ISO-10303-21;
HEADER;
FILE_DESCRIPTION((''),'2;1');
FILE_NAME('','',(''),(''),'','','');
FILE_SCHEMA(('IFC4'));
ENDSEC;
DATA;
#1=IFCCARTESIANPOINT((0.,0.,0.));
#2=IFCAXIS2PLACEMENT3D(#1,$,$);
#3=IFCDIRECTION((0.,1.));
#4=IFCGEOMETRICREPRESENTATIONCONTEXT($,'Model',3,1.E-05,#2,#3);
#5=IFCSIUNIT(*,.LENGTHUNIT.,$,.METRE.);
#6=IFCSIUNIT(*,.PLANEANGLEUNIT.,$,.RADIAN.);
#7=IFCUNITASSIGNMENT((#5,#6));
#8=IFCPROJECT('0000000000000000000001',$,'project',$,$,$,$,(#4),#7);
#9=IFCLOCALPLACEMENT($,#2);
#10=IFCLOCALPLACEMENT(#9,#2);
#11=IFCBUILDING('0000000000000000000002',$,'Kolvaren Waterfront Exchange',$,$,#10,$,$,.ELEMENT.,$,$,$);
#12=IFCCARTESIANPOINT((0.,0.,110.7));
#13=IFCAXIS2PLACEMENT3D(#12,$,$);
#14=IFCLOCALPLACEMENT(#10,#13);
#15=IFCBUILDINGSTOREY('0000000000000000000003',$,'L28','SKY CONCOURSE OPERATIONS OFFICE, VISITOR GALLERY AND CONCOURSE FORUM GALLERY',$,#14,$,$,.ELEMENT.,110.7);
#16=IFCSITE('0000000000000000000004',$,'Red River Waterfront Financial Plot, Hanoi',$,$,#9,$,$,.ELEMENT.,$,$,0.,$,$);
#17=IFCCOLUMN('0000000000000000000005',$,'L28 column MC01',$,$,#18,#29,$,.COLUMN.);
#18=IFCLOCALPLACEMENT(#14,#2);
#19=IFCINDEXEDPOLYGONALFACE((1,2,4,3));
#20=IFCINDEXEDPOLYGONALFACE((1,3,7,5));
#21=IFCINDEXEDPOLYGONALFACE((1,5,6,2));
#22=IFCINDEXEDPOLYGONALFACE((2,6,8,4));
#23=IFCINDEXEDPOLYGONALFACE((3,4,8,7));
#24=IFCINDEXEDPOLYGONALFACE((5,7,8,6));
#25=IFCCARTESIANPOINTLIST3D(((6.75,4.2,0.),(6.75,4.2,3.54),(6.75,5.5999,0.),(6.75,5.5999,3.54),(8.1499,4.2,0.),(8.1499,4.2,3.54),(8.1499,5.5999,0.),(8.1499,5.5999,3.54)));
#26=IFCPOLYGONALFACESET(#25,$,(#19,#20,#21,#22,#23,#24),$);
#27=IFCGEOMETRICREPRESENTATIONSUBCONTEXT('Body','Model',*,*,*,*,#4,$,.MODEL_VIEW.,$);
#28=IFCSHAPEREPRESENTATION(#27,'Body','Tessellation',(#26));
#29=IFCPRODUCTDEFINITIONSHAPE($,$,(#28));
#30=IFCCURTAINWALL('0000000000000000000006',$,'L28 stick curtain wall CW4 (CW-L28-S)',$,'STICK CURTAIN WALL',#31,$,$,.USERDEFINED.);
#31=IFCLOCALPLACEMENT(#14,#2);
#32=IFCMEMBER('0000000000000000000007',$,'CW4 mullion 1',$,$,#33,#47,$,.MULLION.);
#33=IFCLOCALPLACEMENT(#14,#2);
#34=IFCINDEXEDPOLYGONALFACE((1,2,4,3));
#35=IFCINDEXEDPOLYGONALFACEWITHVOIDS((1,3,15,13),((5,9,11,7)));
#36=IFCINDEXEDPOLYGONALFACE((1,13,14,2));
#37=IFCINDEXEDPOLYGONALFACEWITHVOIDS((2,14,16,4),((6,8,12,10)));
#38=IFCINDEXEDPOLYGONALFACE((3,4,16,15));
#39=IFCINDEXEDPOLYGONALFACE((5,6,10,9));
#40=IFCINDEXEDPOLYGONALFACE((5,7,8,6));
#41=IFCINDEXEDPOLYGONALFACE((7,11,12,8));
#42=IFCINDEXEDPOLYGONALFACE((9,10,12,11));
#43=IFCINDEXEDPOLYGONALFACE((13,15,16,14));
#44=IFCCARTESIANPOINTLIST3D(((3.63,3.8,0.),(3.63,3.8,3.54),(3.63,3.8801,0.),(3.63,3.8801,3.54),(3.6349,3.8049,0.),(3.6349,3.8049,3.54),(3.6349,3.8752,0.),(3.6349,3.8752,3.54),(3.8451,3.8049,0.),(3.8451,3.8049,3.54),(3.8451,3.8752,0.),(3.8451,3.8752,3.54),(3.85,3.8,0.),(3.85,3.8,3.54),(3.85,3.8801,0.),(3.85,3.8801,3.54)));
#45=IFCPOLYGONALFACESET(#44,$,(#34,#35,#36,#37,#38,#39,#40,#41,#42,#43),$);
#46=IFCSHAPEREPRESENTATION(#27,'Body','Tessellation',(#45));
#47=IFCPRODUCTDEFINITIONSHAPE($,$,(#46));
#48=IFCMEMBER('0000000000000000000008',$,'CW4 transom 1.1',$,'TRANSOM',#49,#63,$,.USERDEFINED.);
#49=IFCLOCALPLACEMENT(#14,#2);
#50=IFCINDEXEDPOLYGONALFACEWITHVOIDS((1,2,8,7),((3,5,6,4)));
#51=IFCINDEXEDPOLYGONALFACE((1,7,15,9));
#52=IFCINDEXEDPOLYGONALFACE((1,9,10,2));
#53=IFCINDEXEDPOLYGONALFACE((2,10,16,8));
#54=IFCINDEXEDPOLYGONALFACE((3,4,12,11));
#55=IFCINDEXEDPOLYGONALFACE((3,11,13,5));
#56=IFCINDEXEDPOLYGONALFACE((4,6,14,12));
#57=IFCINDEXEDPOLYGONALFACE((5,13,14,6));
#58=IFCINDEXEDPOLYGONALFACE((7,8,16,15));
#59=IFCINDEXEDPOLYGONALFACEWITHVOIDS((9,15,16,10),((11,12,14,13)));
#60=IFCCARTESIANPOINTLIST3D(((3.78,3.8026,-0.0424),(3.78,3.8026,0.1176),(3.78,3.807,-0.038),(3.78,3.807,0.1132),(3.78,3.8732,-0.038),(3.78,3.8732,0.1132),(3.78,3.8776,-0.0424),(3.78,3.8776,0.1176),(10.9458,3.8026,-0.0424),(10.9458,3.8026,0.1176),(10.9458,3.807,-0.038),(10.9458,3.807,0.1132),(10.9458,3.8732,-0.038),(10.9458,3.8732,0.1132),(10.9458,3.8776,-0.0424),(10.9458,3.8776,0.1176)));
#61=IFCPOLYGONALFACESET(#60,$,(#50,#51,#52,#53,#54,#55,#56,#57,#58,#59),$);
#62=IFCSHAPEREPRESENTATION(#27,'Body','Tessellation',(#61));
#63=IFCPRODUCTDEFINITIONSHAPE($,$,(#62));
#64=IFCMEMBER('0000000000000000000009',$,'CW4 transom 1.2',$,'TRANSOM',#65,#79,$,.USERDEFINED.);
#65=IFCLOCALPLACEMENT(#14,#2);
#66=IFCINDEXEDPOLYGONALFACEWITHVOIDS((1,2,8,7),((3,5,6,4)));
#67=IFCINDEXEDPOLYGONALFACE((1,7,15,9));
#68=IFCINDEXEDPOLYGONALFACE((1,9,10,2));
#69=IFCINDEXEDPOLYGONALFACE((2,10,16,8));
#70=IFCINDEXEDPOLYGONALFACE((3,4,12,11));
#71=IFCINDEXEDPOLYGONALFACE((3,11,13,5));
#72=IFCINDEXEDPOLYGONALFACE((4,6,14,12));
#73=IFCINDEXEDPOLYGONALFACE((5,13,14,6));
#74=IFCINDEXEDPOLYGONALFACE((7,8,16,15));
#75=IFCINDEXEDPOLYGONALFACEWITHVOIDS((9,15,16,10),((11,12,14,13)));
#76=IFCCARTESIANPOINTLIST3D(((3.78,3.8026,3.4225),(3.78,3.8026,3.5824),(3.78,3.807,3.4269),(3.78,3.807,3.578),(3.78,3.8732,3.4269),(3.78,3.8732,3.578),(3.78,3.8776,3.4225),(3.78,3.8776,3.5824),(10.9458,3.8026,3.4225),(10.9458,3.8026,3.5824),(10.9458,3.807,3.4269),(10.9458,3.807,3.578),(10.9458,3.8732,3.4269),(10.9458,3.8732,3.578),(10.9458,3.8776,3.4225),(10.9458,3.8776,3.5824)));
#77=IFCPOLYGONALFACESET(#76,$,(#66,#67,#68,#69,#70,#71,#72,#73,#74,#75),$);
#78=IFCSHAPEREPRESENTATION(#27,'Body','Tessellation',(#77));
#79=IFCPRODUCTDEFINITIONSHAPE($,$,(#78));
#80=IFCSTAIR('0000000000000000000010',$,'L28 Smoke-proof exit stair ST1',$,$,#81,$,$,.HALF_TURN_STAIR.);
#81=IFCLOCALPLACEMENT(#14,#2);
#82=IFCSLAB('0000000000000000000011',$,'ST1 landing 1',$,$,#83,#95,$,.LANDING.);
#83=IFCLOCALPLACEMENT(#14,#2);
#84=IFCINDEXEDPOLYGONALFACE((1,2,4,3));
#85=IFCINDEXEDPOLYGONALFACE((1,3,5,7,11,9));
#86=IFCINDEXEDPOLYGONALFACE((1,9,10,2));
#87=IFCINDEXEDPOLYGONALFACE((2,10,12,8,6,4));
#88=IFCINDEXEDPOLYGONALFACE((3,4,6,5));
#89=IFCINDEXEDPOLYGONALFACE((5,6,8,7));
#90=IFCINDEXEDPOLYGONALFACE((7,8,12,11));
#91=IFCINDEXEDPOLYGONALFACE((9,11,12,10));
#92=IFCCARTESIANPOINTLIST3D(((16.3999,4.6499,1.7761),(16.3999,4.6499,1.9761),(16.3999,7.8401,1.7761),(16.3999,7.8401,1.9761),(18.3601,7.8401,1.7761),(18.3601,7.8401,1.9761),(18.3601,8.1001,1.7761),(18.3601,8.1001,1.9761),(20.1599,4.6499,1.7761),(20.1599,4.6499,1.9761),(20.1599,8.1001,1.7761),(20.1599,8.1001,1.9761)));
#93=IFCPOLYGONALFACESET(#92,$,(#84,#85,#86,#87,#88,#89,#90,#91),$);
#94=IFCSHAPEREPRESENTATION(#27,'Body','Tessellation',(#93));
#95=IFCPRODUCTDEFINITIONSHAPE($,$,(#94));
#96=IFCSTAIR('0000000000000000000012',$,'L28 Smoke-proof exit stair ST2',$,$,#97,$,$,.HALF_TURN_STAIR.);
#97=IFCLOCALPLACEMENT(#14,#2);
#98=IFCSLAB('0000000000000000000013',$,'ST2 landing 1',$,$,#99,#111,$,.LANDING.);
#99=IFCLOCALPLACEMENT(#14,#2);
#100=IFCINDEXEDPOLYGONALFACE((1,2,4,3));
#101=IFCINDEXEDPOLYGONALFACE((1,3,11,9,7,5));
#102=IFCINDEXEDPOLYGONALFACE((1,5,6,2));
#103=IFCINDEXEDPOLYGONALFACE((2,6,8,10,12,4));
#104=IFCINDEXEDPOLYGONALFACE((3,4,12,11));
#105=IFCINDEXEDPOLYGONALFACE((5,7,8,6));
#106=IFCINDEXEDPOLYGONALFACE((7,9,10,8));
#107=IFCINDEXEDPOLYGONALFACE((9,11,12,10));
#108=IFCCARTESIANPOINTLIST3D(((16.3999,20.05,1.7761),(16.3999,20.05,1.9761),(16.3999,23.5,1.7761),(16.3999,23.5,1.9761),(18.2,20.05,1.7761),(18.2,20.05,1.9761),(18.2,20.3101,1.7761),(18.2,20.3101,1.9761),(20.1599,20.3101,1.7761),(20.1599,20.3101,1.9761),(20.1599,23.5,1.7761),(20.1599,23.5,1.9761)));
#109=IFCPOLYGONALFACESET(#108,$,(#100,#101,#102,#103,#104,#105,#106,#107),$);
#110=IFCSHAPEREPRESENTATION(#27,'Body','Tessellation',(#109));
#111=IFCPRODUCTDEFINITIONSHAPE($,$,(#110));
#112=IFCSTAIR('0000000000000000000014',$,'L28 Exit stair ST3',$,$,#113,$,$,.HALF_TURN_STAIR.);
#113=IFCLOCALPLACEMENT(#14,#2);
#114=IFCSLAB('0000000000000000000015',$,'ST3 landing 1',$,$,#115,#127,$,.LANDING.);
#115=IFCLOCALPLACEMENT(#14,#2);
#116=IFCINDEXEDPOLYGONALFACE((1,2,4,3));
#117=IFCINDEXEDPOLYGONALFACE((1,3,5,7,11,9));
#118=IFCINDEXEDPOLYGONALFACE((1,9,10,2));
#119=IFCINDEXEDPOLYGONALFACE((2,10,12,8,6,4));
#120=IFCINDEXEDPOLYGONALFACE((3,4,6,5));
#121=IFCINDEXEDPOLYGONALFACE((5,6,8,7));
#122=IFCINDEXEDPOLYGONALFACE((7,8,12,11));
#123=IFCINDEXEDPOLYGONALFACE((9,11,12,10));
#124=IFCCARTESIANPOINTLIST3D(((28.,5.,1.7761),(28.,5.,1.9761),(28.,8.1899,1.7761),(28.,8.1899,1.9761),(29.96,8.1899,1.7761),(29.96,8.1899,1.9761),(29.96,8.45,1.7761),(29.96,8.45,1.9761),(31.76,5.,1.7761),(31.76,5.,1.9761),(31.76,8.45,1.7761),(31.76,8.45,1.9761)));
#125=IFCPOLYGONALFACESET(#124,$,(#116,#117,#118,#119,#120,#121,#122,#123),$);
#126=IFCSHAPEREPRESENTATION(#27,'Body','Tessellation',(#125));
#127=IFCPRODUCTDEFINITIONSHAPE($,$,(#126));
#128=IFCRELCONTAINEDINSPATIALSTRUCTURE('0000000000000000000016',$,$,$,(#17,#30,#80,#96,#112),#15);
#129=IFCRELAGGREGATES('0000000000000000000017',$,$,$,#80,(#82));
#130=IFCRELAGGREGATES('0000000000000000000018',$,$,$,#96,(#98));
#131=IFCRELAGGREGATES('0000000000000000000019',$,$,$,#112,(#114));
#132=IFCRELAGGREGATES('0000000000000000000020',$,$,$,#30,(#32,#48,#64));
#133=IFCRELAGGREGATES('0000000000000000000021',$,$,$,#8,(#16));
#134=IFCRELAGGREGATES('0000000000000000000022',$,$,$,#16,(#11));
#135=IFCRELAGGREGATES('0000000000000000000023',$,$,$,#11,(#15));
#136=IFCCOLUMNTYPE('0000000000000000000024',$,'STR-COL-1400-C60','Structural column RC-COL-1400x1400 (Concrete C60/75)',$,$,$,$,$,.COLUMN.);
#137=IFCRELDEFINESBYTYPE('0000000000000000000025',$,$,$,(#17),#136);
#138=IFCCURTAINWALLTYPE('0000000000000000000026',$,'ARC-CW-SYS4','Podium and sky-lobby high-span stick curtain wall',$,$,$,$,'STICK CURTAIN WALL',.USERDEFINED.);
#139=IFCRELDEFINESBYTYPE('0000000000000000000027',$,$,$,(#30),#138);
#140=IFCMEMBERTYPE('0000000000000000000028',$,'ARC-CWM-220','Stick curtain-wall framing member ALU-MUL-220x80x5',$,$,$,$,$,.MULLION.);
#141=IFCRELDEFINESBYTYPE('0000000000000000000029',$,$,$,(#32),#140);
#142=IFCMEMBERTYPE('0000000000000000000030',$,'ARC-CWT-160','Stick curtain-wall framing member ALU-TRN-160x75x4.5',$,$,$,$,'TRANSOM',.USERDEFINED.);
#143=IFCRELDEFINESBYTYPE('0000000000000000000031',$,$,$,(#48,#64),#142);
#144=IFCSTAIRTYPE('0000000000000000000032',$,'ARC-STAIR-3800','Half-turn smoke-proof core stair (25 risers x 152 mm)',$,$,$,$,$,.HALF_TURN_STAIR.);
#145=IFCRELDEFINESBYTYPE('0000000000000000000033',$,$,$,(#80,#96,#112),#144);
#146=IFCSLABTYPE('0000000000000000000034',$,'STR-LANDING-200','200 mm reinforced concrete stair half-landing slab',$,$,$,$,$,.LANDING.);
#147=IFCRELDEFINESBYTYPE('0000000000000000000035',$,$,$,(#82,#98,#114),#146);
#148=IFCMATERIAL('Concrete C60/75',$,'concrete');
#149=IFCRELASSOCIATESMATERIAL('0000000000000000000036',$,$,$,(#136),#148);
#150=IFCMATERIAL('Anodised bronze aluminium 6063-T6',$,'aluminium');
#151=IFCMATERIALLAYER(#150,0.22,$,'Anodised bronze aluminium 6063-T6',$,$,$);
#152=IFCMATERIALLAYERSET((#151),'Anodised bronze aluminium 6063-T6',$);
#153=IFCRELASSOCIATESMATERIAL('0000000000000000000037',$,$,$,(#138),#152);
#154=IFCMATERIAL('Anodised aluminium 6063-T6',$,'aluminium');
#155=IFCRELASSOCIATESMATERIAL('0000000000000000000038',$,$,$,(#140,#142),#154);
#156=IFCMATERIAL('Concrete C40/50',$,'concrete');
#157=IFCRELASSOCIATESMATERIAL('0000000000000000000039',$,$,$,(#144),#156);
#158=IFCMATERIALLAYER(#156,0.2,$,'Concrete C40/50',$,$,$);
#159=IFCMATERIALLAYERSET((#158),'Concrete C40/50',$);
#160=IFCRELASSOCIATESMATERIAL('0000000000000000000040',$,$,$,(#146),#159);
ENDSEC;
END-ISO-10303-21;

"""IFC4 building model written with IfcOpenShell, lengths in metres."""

from ifc_helpers import new_model, si_unit, direction, frame, origin, origin_with_axes, origin_2d, place, context, subcontext, project, spatial, polyline, rectangle, hollow_rectangle, outline, extrude, source, transform, mapped, material, layer, layer_set, material_profile, profile_set, type_object, element, aggregate, save


model = new_model("IFC4")

# Units and contexts
model_context = context("Model", 3, precision=1e-05, world=origin(), true_north=direction((0.0, 1.0)))
body_context = subcontext(model_context, "Body", "Model", "MODEL_VIEW")
ifc_project = project(units=[si_unit("LENGTHUNIT", "METRE"), si_unit("PLANEANGLEUNIT", "RADIAN")], contexts=[model_context])

# Site, building, storey
site_placement = place(None, origin())
site = spatial("IfcSite", under=ifc_project, at=site_placement, Name="Red River Waterfront Financial Plot, Hanoi", CompositionType="ELEMENT", RefElevation=0.0)
building_placement = place(site_placement, origin())
building = spatial("IfcBuilding", under=site, at=building_placement, Name="Kolvaren Waterfront Exchange", CompositionType="ELEMENT")
storey_placement = place(building_placement, frame((0.0, 0.0, 110.7)))
storey = spatial("IfcBuildingStorey", under=building, at=storey_placement, Name="L28", Description="SKY CONCOURSE OPERATIONS OFFICE, VISITOR GALLERY AND CONCOURSE FORUM GALLERY", CompositionType="ELEMENT", Elevation=110.7)

# Column
ifc_material_1 = material(Name="Concrete C60/75", Category="concrete")
ifc_material_profile_1 = material_profile(ifc_material_1, rectangle(XDim=1.3999, YDim=1.3999, at=origin_2d()), Name="RC-COL-1400x1400")
ifc_profile_set_1 = profile_set([ifc_material_profile_1], Name="Concrete C60/75")
column_type = type_object("IfcColumnType", Name="STR-COL-1400-C60", Description="Structural column RC-COL-1400x1400 (Concrete C60/75)", PredefinedType="COLUMN", material=ifc_profile_set_1)
column_placement = place(storey_placement, frame((7.45, 4.8999, 0.0), z_axis=(0.0, 0.0, 1.0), x_axis=(1.0, 0.0, 0.0)))
element("IfcColumn", 1, at=column_placement, inside=storey, type_object=column_type, Name="L28 column MC01", PredefinedType="COLUMN", context=body_context, shape_type="SweptSolid", body=[
    extrude(rectangle(XDim=1.3999, YDim=1.3999, at=origin_2d()), origin(), (0.0, 0.0, 1.0), 3.54),
])

# Curtain wall, members
ifc_material_2 = material(Name="Anodised bronze aluminium 6063-T6", Category="aluminium")
ifc_layer_1 = layer(ifc_material_2, 0.22, Name="Anodised bronze aluminium 6063-T6")
ifc_layer_set_1 = layer_set([ifc_layer_1], Name="Anodised bronze aluminium 6063-T6")
curtain_wall_type = type_object("IfcCurtainWallType", Name="ARC-CW-SYS4", Description="Podium and sky-lobby high-span stick curtain wall", ElementType="STICK CURTAIN WALL", PredefinedType="USERDEFINED", material=ifc_layer_set_1)
curtain_wall_placement = place(storey_placement, origin())
curtain_wall = element("IfcCurtainWall", 2, at=curtain_wall_placement, inside=storey, type_object=curtain_wall_type, Name="L28 stick curtain wall CW4 (CW-L28-S)", ObjectType="STICK CURTAIN WALL", PredefinedType="USERDEFINED")
ifc_material_3 = material(Name="Anodised aluminium 6063-T6", Category="aluminium")
ifc_material_profile_2 = material_profile(ifc_material_3, hollow_rectangle(XDim=0.0801, YDim=0.22, WallThickness=0.0049, at=origin_2d()), Name="ALU-MUL-220x80x5")
ifc_profile_set_2 = profile_set([ifc_material_profile_2], Name="Anodised aluminium 6063-T6")
member_type_1 = type_object("IfcMemberType", Name="ARC-CWM-220", Description="Stick curtain-wall framing member ALU-MUL-220x80x5", PredefinedType="MULLION", material=ifc_profile_set_2)
shared_shape_1 = source(origin_with_axes(), body_context, "Body", "SweptSolid", [
    extrude(hollow_rectangle(XDim=0.0801, YDim=0.22, WallThickness=0.0049, at=origin_2d()), origin(), (0.0, 0.0, 1.0), 3.54),
])
member_1_placement = place(storey_placement, frame((3.74, 3.8401, 0.0), z_axis=(0.0, 0.0, 1.0), x_axis=(0.0, 1.0, 0.0)))
member_1 = element("IfcMember", 3, at=member_1_placement, type_object=member_type_1, Name="CW4 mullion 1", PredefinedType="MULLION", context=body_context, shape_type="MappedRepresentation", body=[
    mapped(shared_shape_1, transform((0.0, 0.0, 0.0), x_axis=(1.0, 0.0, 0.0), y_axis=(0.0, 1.0, 0.0), z_axis=(0.0, 0.0, 1.0), scale=1.0)),
])
ifc_material_profile_3 = material_profile(ifc_material_3, hollow_rectangle(XDim=0.075, YDim=0.1599, WallThickness=0.0044, at=origin_2d()), Name="ALU-TRN-160x75x4.5")
ifc_profile_set_3 = profile_set([ifc_material_profile_3], Name="Anodised aluminium 6063-T6")
member_type_2 = type_object("IfcMemberType", Name="ARC-CWT-160", Description="Stick curtain-wall framing member ALU-TRN-160x75x4.5", ElementType="TRANSOM", PredefinedType="USERDEFINED", material=ifc_profile_set_3)
shared_shape_2 = source(origin_with_axes(), body_context, "Body", "SweptSolid", [
    extrude(hollow_rectangle(XDim=0.075, YDim=0.1599, WallThickness=0.0044, at=origin_2d()), origin(), (0.0, 0.0, 1.0), 7.1658),
])
member_2_placement = place(storey_placement, frame((3.78, 3.8401, 0.0376), z_axis=(1.0, 0.0, 0.0), x_axis=(0.0, 1.0, 0.0)))
member_2 = element("IfcMember", 4, at=member_2_placement, type_object=member_type_2, Name="CW4 transom 1.1", ObjectType="TRANSOM", PredefinedType="USERDEFINED", context=body_context, shape_type="MappedRepresentation", body=[
    mapped(shared_shape_2, transform((0.0, 0.0, 0.0), x_axis=(1.0, 0.0, 0.0), y_axis=(0.0, 1.0, 0.0), z_axis=(0.0, 0.0, 1.0), scale=1.0)),
])
member_3_placement = place(storey_placement, frame((3.78, 3.8401, 3.5024), z_axis=(1.0, 0.0, 0.0), x_axis=(0.0, 1.0, 0.0)))
member_3 = element("IfcMember", 5, at=member_3_placement, type_object=member_type_2, Name="CW4 transom 1.2", ObjectType="TRANSOM", PredefinedType="USERDEFINED", context=body_context, shape_type="MappedRepresentation", body=[
    mapped(shared_shape_2, transform((0.0, 0.0, 0.0), x_axis=(1.0, 0.0, 0.0), y_axis=(0.0, 1.0, 0.0), z_axis=(0.0, 0.0, 1.0), scale=1.0)),
])

# Stairs, slabs
ifc_material_4 = material(Name="Concrete C40/50", Category="concrete")
stair_type = type_object("IfcStairType", Name="ARC-STAIR-3800", Description="Half-turn smoke-proof core stair (25 risers x 152 mm)", PredefinedType="HALF_TURN_STAIR", material=ifc_material_4)
stair_1_placement = place(storey_placement, origin())
stair_1 = element("IfcStair", 6, at=stair_1_placement, inside=storey, type_object=stair_type, Name="L28 Smoke-proof exit stair ST1", PredefinedType="HALF_TURN_STAIR")
ifc_layer_2 = layer(ifc_material_4, 0.2, Name="Concrete C40/50")
ifc_layer_set_2 = layer_set([ifc_layer_2], Name="Concrete C40/50")
slab_type_1 = type_object("IfcSlabType", Name="STR-LANDING-200", Description="200 mm reinforced concrete stair half-landing slab", PredefinedType="LANDING", material=ifc_layer_set_2)
slab_1_placement = place(storey_placement, frame((0.0, 0.0, 1.7761)))
slab_1 = element("IfcSlab", 7, at=slab_1_placement, type_object=slab_type_1, Name="ST1 landing 1", PredefinedType="LANDING", context=body_context, shape_type="SweptSolid", body=[
    extrude(outline(polyline([(16.3999, 7.8401), (16.3999, 4.6499), (20.1599, 4.6499), (20.1599, 8.1001), (18.3601, 8.1001), (18.3601, 7.8401), (16.3999, 7.8401)])), origin(), (0.0, 0.0, 1.0), 0.2),
])
aggregate(stair_1, [slab_1])
stair_2_placement = place(storey_placement, origin())
stair_2 = element("IfcStair", 8, at=stair_2_placement, inside=storey, type_object=stair_type, Name="L28 Smoke-proof exit stair ST2", PredefinedType="HALF_TURN_STAIR")
slab_2_placement = place(storey_placement, frame((0.0, 0.0, 1.7761)))
slab_2 = element("IfcSlab", 9, at=slab_2_placement, type_object=slab_type_1, Name="ST2 landing 1", PredefinedType="LANDING", context=body_context, shape_type="SweptSolid", body=[
    extrude(outline(polyline([(20.1599, 20.3101), (20.1599, 23.5), (16.3999, 23.5), (16.3999, 20.05), (18.2, 20.05), (18.2, 20.3101), (20.1599, 20.3101)])), origin(), (0.0, 0.0, 1.0), 0.2),
])
aggregate(stair_2, [slab_2])
stair_3_placement = place(storey_placement, origin())
stair_3 = element("IfcStair", 10, at=stair_3_placement, inside=storey, type_object=stair_type, Name="L28 Exit stair ST3", PredefinedType="HALF_TURN_STAIR")
slab_3_placement = place(storey_placement, frame((0.0, 0.0, 1.7761)))
slab_3 = element("IfcSlab", 11, at=slab_3_placement, type_object=slab_type_1, Name="ST3 landing 1", PredefinedType="LANDING", context=body_context, shape_type="SweptSolid", body=[
    extrude(outline(polyline([(28.0, 8.1899), (28.0, 5.0), (31.76, 5.0), (31.76, 8.45), (29.96, 8.45), (29.96, 8.1899), (28.0, 8.1899)])), origin(), (0.0, 0.0, 1.0), 0.2),
])
aggregate(stair_3, [slab_3])

aggregate(curtain_wall, [member_1, member_2, member_3])

save(model, "model.ifc")
